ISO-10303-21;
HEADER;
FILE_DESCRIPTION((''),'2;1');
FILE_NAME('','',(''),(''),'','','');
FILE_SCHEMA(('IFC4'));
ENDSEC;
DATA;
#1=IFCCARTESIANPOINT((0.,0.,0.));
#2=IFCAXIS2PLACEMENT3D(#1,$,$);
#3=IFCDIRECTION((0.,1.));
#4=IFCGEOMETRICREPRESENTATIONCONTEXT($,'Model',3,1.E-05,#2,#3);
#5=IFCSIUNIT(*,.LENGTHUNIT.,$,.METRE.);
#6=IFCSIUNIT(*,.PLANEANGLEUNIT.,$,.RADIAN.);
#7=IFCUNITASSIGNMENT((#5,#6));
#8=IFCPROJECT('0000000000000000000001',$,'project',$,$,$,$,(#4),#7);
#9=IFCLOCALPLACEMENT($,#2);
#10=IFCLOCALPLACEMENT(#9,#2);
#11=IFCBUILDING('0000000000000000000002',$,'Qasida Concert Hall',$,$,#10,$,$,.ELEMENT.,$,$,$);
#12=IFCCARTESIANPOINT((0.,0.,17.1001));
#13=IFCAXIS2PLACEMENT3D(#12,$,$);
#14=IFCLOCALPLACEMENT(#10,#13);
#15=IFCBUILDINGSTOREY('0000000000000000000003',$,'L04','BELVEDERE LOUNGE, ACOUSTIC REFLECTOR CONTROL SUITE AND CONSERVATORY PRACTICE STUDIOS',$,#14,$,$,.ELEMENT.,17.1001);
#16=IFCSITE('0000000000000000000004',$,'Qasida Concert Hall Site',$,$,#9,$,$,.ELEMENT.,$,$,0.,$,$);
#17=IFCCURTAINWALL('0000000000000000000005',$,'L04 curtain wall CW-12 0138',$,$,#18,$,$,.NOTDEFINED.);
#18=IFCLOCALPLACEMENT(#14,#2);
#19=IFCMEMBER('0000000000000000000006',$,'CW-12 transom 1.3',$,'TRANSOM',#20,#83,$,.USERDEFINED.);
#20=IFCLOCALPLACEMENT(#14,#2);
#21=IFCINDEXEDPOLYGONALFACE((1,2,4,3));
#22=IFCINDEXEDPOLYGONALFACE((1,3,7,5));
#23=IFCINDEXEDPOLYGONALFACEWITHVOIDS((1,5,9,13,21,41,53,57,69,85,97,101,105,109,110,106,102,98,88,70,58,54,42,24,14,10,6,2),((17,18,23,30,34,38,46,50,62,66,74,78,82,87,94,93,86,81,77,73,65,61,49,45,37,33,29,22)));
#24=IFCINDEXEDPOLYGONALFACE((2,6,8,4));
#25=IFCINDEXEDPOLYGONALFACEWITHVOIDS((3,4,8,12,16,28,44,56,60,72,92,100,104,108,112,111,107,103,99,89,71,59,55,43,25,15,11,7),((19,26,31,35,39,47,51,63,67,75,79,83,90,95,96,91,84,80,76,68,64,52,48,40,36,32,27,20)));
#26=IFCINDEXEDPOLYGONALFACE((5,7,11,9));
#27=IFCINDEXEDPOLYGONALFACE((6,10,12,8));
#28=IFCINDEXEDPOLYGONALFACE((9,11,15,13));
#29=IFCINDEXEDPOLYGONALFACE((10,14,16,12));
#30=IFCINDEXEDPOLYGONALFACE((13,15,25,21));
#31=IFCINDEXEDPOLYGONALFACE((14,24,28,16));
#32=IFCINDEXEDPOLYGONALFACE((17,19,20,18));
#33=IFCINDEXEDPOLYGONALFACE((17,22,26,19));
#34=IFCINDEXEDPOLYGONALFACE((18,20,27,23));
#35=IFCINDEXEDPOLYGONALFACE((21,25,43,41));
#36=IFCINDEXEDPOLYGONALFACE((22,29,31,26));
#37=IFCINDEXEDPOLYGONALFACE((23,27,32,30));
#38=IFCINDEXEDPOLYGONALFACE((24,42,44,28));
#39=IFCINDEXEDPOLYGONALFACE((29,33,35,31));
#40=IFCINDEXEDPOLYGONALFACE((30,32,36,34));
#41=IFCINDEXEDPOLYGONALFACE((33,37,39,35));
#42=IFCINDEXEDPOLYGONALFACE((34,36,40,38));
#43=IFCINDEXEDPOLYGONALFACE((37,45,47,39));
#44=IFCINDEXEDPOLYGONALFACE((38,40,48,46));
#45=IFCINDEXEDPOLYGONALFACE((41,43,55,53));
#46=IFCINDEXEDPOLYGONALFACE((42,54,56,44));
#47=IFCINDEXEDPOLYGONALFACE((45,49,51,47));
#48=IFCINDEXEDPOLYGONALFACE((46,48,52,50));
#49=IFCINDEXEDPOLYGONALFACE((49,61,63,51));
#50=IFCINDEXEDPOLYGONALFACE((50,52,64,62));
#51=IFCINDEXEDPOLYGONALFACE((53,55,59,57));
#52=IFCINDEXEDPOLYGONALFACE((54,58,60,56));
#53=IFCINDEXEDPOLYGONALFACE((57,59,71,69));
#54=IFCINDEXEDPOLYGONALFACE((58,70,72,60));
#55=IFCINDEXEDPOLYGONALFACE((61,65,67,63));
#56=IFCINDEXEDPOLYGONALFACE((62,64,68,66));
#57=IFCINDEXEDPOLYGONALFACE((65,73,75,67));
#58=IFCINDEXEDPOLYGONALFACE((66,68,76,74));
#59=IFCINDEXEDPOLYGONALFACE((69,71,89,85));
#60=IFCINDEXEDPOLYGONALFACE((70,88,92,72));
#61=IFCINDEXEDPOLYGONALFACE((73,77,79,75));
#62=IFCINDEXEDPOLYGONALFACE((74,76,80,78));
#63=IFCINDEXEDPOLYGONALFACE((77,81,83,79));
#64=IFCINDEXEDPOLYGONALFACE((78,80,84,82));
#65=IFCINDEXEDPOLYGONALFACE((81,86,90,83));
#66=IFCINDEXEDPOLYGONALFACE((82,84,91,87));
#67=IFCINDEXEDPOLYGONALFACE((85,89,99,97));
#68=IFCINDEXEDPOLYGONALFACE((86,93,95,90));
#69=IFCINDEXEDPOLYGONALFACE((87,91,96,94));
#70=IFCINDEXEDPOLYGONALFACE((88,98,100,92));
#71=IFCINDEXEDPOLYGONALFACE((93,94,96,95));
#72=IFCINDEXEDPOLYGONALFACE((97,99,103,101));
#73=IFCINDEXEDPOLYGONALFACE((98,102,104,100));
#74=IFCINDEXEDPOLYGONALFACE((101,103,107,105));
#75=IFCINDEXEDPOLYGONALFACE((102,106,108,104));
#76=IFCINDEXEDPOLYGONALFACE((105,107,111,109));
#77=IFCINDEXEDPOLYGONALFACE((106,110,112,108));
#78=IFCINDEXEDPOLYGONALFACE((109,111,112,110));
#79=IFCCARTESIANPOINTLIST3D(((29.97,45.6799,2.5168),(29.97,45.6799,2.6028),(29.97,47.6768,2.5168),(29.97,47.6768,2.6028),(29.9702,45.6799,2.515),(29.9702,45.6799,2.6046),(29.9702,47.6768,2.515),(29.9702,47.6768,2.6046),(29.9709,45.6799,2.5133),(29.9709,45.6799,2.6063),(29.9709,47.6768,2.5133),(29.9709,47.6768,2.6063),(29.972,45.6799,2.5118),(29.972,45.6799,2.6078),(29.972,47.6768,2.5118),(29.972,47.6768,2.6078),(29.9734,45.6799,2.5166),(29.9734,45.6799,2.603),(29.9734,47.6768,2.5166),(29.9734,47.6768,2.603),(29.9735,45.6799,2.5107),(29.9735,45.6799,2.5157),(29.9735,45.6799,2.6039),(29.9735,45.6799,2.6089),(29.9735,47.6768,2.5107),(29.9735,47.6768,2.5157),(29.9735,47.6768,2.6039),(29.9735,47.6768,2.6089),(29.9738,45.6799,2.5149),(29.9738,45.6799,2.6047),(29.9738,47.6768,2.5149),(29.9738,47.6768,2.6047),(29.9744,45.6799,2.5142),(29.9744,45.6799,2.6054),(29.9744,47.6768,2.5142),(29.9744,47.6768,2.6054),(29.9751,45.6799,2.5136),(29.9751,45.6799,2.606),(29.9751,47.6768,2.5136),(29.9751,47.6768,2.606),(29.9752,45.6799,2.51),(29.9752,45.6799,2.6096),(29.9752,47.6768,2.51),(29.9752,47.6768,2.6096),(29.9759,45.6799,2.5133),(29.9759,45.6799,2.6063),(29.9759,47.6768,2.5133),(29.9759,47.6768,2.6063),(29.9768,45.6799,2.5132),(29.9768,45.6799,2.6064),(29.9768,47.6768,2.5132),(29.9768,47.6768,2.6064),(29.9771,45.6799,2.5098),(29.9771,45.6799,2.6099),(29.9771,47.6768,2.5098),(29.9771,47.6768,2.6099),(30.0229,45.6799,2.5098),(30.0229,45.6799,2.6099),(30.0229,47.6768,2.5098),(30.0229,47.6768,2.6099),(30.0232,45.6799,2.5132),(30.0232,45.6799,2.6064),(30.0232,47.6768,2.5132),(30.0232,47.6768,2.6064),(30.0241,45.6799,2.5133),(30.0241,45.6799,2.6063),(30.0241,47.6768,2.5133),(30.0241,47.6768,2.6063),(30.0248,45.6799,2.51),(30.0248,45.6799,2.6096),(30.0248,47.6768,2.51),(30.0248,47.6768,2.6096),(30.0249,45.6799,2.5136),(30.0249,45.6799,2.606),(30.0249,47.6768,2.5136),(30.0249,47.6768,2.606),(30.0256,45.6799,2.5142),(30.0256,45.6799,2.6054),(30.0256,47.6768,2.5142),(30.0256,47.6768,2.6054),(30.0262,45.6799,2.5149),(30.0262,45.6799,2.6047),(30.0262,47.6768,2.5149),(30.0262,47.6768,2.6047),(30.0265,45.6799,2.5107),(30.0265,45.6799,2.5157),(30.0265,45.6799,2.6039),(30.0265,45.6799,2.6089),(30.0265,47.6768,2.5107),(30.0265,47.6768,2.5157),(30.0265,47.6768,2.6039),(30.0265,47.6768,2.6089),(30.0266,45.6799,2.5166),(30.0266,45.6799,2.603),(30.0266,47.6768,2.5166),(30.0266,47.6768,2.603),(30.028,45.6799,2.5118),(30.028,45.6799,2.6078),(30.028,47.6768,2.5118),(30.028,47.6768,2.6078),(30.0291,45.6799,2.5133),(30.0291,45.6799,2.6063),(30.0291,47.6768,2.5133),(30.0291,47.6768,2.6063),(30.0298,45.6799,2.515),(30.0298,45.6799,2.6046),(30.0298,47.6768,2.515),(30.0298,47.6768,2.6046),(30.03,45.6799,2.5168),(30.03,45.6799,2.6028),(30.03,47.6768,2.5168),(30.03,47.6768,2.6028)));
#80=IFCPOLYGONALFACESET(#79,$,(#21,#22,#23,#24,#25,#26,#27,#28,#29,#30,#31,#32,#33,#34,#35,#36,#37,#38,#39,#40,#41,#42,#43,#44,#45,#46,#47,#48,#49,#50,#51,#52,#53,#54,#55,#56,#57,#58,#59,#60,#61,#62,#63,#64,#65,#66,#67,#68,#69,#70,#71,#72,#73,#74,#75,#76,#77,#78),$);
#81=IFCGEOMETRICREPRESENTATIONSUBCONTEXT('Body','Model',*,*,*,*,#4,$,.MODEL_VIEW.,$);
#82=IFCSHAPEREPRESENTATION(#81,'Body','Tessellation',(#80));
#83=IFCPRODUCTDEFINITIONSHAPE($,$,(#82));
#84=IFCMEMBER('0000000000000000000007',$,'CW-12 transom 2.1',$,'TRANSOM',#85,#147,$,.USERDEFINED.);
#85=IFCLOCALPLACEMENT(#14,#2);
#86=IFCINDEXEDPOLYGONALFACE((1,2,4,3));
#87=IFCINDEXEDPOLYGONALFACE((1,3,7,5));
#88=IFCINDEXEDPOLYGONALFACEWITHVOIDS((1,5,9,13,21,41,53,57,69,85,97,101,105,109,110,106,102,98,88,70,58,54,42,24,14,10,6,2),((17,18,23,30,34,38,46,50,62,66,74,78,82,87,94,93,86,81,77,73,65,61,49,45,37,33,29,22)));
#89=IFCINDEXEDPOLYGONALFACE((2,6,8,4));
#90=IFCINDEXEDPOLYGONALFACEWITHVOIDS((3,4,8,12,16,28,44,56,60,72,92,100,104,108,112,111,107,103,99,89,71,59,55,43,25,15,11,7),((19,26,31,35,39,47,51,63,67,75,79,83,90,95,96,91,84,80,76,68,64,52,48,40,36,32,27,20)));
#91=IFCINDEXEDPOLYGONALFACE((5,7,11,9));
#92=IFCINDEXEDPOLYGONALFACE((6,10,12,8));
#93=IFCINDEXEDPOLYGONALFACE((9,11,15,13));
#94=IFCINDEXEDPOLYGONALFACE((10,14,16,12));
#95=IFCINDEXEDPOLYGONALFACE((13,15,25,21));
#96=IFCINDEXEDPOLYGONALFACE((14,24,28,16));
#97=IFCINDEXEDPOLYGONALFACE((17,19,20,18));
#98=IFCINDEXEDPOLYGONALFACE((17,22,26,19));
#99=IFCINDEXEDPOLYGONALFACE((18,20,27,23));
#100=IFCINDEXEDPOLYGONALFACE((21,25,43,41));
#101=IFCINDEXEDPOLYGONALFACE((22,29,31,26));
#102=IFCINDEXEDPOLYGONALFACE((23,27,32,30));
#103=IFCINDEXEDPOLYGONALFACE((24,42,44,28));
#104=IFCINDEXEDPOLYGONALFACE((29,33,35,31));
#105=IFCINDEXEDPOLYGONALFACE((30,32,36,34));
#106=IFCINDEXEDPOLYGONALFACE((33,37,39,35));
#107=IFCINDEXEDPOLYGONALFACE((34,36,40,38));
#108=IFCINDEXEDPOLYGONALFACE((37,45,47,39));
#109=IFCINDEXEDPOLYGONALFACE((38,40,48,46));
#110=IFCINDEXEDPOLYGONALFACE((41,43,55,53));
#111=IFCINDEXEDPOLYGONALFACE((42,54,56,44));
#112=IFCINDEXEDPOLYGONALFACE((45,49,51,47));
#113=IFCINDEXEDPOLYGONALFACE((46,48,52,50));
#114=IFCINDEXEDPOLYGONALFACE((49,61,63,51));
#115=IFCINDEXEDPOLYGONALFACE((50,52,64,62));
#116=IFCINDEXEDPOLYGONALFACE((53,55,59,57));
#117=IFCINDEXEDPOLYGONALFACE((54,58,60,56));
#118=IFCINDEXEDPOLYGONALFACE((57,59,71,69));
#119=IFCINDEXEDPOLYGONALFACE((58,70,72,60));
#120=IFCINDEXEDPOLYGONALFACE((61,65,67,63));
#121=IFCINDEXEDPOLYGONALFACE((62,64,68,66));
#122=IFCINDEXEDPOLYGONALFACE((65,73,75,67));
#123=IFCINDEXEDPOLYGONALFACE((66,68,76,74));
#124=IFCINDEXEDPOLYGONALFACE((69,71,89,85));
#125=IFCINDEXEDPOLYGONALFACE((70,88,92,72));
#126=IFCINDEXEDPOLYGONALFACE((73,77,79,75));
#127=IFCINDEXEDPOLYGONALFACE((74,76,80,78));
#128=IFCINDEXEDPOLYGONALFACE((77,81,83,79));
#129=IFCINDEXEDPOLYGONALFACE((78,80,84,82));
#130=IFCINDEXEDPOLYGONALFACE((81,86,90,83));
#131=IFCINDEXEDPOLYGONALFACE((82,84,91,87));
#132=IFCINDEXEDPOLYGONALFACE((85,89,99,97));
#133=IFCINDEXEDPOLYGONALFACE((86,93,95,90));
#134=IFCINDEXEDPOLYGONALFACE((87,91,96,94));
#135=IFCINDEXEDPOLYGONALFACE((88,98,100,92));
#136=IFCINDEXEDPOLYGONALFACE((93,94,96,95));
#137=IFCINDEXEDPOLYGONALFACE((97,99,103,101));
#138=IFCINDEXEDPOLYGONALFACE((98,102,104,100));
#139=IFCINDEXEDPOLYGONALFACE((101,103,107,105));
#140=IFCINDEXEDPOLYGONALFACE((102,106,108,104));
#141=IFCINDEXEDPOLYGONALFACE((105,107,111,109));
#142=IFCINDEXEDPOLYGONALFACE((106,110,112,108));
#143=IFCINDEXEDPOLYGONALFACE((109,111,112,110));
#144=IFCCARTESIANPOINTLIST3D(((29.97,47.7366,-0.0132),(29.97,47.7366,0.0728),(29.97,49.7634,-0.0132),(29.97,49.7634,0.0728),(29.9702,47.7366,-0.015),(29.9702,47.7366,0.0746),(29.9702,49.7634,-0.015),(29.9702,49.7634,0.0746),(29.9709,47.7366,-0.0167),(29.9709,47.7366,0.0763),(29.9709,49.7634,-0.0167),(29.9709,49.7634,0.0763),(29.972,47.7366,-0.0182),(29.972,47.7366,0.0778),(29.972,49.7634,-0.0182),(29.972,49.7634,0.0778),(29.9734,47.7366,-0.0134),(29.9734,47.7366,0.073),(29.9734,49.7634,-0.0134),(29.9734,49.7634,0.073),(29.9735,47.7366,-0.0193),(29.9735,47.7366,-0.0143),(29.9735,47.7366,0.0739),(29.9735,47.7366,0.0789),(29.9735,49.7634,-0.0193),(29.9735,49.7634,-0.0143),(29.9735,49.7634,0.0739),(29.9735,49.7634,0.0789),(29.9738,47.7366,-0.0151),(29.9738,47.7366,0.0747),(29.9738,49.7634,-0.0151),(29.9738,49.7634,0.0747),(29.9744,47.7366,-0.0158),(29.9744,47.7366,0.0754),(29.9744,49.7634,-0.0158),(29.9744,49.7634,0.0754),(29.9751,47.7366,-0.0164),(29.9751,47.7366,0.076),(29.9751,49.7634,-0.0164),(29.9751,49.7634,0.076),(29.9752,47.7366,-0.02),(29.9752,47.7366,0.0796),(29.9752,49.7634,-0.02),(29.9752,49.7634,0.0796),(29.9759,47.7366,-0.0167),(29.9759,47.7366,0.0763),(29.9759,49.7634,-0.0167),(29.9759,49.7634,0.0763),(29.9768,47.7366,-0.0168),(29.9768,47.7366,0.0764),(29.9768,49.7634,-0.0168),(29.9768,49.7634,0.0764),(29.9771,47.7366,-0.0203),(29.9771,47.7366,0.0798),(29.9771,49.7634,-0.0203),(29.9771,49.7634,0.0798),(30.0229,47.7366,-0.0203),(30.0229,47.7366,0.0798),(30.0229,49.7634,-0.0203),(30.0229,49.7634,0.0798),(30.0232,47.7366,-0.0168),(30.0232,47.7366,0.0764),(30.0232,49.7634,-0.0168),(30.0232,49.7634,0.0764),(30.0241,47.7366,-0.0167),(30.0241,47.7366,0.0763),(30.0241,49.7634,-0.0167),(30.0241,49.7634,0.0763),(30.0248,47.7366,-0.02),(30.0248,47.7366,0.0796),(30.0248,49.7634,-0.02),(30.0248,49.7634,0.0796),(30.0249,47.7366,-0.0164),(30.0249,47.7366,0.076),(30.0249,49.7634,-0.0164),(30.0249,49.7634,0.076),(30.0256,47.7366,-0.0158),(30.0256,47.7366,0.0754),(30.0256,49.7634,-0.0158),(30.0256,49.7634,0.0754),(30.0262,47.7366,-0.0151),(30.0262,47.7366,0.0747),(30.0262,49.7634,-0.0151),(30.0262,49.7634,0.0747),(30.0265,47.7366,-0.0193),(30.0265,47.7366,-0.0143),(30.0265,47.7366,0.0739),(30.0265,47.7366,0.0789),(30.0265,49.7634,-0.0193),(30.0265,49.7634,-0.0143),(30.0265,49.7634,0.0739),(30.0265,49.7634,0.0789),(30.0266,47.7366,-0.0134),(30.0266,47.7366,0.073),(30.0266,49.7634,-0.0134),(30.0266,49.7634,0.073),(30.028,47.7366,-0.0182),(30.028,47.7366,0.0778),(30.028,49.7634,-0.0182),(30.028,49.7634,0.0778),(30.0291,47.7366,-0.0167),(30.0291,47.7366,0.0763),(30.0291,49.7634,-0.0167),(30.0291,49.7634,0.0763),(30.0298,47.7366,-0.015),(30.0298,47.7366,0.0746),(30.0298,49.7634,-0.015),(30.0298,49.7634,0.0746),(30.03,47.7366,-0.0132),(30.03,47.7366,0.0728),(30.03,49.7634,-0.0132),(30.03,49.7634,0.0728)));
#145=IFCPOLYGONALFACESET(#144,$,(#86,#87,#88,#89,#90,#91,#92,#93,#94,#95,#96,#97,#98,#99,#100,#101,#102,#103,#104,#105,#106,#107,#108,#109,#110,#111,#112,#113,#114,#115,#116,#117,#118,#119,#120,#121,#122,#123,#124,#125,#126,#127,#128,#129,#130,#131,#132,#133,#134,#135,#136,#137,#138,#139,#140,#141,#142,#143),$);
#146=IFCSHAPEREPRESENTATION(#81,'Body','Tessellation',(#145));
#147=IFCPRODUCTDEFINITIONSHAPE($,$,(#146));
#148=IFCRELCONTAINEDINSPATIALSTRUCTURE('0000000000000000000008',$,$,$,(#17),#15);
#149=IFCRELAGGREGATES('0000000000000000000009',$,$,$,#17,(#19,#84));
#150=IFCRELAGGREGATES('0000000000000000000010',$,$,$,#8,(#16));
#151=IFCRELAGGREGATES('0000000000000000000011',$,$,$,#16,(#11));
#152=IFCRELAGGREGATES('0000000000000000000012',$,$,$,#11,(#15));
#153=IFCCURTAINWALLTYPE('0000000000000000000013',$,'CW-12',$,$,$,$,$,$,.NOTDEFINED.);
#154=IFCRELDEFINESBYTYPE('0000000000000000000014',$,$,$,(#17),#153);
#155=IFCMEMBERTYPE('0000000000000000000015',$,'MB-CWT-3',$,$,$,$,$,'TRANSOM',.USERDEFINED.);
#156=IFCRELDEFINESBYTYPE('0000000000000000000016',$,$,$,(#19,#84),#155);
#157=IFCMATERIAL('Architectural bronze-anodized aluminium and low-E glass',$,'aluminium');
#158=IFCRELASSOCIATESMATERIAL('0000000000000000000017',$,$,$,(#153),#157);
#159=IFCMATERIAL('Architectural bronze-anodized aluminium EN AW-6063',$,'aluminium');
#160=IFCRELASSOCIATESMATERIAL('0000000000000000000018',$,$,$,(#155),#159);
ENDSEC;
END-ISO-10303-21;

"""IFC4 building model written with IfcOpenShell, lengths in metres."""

from ifc_helpers import new_model, si_unit, direction, frame, origin, origin_2d, place, context, subcontext, project, spatial, hollow_rectangle, extrude, material, material_profile, profile_set, type_object, element, aggregate, save


model = new_model("IFC4")

# Units and contexts
model_context = context("Model", 3, precision=1e-05, world=origin(), true_north=direction((0.0, 1.0)))
body_context = subcontext(model_context, "Body", "Model", "MODEL_VIEW")
ifc_project = project(units=[si_unit("LENGTHUNIT", "METRE"), si_unit("PLANEANGLEUNIT", "RADIAN")], contexts=[model_context])

# Site, building, storey
site_placement = place(None, origin())
site = spatial("IfcSite", under=ifc_project, at=site_placement, Name="Qasida Concert Hall Site", CompositionType="ELEMENT", RefElevation=0.0)
building_placement = place(site_placement, origin())
building = spatial("IfcBuilding", under=site, at=building_placement, Name="Qasida Concert Hall", CompositionType="ELEMENT")
storey_placement = place(building_placement, frame((0.0, 0.0, 17.1001)))
storey = spatial("IfcBuildingStorey", under=building, at=storey_placement, Name="L04", Description="BELVEDERE LOUNGE, ACOUSTIC REFLECTOR CONTROL SUITE AND CONSERVATORY PRACTICE STUDIOS", CompositionType="ELEMENT", Elevation=17.1001)

# Shared definitions
ifc_material_1 = material(Name="Architectural bronze-anodized aluminium and low-E glass", Category="aluminium")
ifc_material_2 = material(Name="Architectural bronze-anodized aluminium EN AW-6063", Category="aluminium")

# Curtain wall
curtain_wall_type_1 = type_object("IfcCurtainWallType", Name="CW-12", PredefinedType="NOTDEFINED", material=ifc_material_1)
curtain_wall_1_placement = place(storey_placement, origin())
curtain_wall_1 = element("IfcCurtainWall", 1, at=curtain_wall_1_placement, inside=storey, type_object=curtain_wall_type_1, Name="L04 curtain wall CW-12 0138", PredefinedType="NOTDEFINED")

# Members
ifc_material_profile_1 = material_profile(ifc_material_2, hollow_rectangle(XDim=0.0601, YDim=0.1001, WallThickness=0.0034, InnerFilletRadius=0.0034, OuterFilletRadius=0.0071, at=origin_2d()), Name="CWT 100x60x3.5")
ifc_profile_set_1 = profile_set([ifc_material_profile_1], Name="Architectural bronze-anodized aluminium EN AW-6063")
member_type_1 = type_object("IfcMemberType", Name="MB-CWT-3", ElementType="TRANSOM", PredefinedType="USERDEFINED", material=ifc_profile_set_1)
member_1_placement = place(storey_placement, frame((30.0, 45.6799, 2.5598), z_axis=(0.0, 1.0, 0.0), x_axis=(-1.0, 0.0, 0.0)))
member_1 = element("IfcMember", 2, at=member_1_placement, type_object=member_type_1, Name="CW-12 transom 1.3", ObjectType="TRANSOM", PredefinedType="USERDEFINED", context=body_context, shape_type="SweptSolid", body=[
    extrude(hollow_rectangle(XDim=0.0601, YDim=0.1001, WallThickness=0.0034, InnerFilletRadius=0.0034, OuterFilletRadius=0.0071, at=origin_2d()), origin(), (0.0, 0.0, 1.0), 1.9968),
])
member_2_placement = place(storey_placement, frame((30.0, 47.7366, 0.0298), z_axis=(0.0, 1.0, 0.0), x_axis=(-1.0, 0.0, 0.0)))
member_2 = element("IfcMember", 3, at=member_2_placement, type_object=member_type_1, Name="CW-12 transom 2.1", ObjectType="TRANSOM", PredefinedType="USERDEFINED", context=body_context, shape_type="SweptSolid", body=[
    extrude(hollow_rectangle(XDim=0.0601, YDim=0.1001, WallThickness=0.0034, InnerFilletRadius=0.0034, OuterFilletRadius=0.0071, at=origin_2d()), origin(), (0.0, 0.0, 1.0), 2.0269),
])

aggregate(curtain_wall_1, [member_1, member_2])

save(model, "model.ifc")
